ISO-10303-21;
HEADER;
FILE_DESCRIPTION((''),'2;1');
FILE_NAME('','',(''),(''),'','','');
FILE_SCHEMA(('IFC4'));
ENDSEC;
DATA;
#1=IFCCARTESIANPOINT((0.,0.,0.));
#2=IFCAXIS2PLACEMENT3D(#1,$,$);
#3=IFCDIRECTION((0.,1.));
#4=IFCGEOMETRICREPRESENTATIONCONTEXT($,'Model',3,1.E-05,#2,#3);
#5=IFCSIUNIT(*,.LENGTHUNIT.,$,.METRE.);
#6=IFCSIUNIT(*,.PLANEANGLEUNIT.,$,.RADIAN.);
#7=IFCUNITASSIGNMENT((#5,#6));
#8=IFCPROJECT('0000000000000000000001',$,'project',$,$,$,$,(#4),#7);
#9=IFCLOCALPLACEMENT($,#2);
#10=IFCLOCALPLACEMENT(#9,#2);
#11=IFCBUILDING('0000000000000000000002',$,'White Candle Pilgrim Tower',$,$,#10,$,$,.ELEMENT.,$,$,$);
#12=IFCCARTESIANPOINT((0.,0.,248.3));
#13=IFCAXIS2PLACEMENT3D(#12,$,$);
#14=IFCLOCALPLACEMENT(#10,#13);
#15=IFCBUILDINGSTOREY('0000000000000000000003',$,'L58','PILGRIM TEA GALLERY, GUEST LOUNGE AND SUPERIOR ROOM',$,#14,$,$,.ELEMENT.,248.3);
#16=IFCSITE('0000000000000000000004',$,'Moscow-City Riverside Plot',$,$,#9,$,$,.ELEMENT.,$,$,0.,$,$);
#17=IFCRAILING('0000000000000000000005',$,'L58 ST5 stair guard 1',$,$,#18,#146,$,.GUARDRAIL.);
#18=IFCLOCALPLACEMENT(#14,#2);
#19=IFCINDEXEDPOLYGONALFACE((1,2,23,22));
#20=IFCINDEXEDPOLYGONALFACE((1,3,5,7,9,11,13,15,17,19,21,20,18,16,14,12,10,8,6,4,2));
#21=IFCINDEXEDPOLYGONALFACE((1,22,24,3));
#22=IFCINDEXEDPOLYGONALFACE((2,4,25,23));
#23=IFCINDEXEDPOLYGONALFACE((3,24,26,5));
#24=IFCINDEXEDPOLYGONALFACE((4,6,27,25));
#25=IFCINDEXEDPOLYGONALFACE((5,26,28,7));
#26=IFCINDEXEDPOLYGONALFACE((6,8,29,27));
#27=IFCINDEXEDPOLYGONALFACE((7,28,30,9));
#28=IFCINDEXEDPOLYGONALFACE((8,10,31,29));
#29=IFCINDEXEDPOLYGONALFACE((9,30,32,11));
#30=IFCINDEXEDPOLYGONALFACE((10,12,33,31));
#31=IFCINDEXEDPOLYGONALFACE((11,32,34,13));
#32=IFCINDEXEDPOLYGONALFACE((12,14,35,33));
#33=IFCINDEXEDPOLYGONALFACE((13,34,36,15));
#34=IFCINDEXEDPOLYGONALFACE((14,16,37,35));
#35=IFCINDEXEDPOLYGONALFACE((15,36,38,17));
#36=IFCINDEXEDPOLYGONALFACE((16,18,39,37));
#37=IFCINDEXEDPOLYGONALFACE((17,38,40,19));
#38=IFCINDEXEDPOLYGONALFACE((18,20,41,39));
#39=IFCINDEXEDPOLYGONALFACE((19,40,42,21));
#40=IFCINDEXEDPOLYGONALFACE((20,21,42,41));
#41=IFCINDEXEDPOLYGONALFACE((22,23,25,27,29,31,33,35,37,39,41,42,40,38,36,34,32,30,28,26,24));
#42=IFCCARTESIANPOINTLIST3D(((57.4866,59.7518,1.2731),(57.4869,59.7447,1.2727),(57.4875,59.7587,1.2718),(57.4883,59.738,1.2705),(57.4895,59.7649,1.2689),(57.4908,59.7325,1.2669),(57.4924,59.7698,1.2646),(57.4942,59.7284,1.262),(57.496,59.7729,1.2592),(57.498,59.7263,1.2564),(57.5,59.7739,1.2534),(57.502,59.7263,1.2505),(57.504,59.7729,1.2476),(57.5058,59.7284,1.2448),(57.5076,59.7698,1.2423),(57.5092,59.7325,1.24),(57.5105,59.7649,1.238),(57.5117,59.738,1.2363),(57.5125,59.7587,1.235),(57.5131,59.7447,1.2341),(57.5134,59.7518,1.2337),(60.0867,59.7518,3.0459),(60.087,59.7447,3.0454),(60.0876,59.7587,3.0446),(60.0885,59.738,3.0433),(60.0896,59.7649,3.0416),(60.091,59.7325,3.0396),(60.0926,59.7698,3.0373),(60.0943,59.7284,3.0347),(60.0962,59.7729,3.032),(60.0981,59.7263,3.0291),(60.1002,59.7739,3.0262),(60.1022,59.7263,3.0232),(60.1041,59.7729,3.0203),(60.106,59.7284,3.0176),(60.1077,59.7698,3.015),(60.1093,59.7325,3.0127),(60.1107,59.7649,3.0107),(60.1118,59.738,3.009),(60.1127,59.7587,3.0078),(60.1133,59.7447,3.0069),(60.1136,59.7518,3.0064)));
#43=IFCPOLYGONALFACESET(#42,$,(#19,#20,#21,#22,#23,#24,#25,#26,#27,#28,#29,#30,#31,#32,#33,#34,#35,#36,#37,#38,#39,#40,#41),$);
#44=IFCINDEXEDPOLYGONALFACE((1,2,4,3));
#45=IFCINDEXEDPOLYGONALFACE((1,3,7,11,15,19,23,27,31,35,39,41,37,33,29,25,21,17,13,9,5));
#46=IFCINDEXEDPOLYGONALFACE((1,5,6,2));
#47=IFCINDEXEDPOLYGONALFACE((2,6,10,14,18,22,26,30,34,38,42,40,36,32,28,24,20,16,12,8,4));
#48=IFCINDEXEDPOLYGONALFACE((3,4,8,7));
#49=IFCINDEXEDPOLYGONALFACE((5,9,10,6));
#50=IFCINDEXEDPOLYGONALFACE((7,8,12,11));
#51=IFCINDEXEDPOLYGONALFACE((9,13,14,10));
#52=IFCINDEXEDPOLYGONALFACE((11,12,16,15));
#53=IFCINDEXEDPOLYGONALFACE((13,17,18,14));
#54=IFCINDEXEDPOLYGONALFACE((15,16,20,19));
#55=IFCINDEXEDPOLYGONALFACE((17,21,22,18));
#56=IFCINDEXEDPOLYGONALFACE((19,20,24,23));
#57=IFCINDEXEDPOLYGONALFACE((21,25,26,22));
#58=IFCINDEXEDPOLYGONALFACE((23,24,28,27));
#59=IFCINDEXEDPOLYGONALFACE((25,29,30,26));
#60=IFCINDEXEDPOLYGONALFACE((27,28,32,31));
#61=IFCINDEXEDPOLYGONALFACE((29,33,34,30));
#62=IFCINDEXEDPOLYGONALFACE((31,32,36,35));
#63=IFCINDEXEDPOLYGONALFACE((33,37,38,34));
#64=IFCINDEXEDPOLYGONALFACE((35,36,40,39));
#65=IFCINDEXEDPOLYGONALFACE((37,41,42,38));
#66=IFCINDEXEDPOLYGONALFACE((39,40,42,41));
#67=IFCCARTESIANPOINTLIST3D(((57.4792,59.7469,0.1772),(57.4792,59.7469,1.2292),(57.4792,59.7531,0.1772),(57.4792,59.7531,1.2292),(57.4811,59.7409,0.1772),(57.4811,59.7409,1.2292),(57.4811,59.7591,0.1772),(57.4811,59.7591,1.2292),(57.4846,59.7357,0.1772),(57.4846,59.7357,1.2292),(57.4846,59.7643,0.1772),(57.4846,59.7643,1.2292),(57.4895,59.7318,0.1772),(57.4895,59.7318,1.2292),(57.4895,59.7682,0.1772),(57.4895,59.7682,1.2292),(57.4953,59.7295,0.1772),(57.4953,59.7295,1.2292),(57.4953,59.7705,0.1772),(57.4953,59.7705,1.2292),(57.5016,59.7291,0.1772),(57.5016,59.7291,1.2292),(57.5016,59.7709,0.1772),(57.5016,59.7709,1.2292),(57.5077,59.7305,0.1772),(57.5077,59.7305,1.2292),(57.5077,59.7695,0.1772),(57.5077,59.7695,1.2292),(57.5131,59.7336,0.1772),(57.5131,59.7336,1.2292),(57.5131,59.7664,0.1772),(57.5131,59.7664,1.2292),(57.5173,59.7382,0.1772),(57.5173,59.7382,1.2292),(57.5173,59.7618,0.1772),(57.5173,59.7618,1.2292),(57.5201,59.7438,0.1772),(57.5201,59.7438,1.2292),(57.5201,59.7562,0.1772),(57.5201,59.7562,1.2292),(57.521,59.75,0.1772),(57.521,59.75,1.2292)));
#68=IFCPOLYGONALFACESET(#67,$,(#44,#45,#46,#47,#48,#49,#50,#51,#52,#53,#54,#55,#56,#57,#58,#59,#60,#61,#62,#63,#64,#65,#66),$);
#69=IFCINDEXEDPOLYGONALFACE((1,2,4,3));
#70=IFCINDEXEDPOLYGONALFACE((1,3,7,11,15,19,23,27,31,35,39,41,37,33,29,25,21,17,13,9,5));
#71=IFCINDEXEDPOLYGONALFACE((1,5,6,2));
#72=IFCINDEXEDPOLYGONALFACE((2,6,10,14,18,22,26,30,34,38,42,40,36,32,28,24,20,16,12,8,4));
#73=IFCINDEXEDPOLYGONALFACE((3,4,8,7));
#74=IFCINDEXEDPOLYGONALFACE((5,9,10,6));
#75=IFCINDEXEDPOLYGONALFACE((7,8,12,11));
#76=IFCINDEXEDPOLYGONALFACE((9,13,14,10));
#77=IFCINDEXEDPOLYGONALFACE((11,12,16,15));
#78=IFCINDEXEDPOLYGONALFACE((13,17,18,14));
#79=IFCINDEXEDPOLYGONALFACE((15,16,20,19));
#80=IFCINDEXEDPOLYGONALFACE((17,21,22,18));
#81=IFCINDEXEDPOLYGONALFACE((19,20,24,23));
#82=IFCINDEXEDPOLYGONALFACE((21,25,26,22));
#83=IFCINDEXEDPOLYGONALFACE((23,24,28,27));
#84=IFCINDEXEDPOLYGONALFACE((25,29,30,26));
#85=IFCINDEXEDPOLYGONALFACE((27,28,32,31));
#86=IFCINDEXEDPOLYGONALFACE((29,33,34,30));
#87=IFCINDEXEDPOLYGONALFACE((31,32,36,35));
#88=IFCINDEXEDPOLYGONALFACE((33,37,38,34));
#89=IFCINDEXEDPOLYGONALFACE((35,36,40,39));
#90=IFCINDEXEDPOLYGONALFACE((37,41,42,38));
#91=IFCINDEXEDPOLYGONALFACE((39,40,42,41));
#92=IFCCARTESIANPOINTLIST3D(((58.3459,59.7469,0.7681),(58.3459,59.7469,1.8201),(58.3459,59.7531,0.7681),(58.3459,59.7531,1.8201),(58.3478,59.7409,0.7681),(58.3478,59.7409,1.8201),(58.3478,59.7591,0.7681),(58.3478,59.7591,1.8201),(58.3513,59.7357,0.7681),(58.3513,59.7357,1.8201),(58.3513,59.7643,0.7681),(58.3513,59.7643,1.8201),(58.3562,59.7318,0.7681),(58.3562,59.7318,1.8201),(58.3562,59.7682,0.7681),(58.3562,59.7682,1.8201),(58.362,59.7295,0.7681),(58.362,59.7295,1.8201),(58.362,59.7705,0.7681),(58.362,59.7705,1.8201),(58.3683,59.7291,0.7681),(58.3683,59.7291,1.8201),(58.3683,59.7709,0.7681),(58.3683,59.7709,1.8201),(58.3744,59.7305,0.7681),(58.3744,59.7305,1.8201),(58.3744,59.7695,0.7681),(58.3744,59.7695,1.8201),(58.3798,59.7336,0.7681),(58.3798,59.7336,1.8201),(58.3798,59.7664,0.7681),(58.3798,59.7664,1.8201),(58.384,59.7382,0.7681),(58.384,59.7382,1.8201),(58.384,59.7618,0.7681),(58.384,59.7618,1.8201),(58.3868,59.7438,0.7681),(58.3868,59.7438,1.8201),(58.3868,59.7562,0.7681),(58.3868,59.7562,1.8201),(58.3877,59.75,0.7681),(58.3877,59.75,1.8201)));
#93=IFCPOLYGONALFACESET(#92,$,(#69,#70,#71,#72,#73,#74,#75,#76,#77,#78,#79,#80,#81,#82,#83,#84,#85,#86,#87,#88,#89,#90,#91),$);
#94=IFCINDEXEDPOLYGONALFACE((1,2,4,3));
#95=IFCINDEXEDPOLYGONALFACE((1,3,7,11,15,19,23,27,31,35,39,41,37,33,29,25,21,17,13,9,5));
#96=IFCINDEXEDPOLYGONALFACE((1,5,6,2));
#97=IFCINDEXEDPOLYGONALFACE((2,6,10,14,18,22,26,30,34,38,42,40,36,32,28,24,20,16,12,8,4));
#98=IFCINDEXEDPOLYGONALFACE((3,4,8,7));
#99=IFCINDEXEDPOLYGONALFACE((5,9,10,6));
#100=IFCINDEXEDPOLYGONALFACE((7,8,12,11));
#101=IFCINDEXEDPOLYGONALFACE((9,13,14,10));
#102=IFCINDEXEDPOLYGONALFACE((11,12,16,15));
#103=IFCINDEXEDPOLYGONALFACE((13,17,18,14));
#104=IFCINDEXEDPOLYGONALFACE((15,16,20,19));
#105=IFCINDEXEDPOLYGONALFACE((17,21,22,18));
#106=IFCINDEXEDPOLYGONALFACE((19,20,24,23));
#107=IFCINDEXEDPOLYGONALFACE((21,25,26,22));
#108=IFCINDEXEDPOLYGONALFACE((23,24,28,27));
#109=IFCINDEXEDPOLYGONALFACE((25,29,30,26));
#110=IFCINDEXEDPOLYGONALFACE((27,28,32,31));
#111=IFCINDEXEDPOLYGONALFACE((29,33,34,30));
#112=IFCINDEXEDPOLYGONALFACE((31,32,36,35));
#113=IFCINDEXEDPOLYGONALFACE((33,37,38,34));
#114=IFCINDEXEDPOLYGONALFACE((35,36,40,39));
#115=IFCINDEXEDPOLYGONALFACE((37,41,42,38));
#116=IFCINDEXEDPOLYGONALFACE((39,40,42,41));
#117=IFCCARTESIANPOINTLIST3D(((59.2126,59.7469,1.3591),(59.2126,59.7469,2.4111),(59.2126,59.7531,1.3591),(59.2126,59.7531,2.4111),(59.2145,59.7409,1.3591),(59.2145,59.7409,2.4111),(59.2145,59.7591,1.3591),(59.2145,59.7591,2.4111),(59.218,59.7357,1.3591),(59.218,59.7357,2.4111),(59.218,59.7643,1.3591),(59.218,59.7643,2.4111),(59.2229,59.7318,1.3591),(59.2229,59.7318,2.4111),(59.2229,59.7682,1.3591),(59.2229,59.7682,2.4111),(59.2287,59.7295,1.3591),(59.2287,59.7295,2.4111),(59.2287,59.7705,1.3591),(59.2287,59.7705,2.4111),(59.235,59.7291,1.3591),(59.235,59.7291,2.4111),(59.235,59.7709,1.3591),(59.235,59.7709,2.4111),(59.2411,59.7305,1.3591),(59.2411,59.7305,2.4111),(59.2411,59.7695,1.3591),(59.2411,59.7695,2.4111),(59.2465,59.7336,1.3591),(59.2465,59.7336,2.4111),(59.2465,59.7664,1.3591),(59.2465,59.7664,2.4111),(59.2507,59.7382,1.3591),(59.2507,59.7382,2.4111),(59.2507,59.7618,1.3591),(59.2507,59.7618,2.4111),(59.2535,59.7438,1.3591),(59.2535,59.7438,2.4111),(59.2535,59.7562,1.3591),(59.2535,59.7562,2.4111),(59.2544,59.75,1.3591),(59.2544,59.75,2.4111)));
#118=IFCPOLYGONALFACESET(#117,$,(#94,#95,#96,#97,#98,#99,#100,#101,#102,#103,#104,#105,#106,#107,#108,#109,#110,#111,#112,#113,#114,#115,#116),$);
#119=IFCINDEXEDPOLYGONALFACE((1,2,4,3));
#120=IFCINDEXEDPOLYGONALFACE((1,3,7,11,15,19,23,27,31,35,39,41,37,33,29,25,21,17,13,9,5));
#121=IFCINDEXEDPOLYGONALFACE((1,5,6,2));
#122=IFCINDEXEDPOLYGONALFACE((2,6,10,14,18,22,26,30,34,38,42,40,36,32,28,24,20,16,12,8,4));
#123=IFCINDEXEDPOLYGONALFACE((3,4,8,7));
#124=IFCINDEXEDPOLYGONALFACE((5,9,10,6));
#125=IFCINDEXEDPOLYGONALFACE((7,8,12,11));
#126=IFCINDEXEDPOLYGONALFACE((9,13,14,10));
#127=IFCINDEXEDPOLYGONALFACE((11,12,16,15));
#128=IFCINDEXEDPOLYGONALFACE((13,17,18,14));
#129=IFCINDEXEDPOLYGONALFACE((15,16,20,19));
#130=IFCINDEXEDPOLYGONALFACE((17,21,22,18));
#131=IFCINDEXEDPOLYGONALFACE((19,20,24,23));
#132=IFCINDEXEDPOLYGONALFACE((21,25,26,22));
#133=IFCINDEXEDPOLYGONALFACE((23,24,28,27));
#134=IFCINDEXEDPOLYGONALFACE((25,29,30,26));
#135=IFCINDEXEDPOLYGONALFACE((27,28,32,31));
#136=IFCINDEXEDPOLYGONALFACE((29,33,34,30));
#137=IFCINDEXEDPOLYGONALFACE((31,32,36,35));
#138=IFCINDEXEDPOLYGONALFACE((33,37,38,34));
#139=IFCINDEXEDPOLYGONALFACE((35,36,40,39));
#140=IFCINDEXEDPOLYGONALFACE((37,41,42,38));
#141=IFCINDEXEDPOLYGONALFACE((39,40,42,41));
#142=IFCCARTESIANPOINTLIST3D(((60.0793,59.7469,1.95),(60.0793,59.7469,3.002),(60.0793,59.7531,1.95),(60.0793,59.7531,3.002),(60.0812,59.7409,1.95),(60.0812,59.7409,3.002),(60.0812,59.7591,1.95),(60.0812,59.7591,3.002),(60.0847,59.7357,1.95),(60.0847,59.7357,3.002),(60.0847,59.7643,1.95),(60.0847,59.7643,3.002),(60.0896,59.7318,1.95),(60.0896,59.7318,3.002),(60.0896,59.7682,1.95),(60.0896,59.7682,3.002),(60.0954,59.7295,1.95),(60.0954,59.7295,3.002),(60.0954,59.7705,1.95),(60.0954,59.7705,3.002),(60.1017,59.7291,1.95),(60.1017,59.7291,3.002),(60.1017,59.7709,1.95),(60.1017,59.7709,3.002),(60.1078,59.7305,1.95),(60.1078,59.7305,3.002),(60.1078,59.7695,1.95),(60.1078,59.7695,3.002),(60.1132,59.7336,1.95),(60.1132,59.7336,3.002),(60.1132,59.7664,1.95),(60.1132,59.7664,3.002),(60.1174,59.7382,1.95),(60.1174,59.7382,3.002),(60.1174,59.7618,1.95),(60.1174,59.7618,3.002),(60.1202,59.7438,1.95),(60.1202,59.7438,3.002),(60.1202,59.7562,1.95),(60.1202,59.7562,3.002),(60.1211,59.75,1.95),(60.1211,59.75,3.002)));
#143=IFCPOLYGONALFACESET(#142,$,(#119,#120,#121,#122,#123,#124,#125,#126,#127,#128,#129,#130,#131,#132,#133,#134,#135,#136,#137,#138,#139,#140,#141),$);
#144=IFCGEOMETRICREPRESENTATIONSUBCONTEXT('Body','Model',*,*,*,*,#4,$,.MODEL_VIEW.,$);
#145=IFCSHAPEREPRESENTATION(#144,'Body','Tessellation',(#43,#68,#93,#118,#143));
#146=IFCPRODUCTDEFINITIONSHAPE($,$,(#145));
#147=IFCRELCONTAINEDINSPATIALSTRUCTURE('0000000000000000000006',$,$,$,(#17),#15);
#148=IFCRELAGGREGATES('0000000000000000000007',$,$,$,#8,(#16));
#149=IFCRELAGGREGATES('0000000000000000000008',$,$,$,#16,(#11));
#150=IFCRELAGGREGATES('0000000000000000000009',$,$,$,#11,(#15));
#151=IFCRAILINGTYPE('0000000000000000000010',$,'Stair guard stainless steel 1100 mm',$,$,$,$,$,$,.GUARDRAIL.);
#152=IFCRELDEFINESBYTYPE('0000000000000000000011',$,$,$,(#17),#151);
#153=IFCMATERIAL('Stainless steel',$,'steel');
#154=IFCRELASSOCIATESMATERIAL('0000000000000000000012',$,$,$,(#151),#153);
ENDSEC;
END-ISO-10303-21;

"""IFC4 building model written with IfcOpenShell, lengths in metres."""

from ifc_helpers import new_model, si_unit, direction, frame, origin, origin_2d, place, context, subcontext, project, spatial, circle, extrude, material, type_object, element, save


model = new_model("IFC4")

# Units and contexts
model_context = context("Model", 3, precision=1e-05, world=origin(), true_north=direction((0.0, 1.0)))
body_context = subcontext(model_context, "Body", "Model", "MODEL_VIEW")
ifc_project = project(units=[si_unit("LENGTHUNIT", "METRE"), si_unit("PLANEANGLEUNIT", "RADIAN")], contexts=[model_context])

# Site, building, storey
site_placement = place(None, origin())
site = spatial("IfcSite", under=ifc_project, at=site_placement, Name="Moscow-City Riverside Plot", CompositionType="ELEMENT", RefElevation=0.0)
building_placement = place(site_placement, origin())
building = spatial("IfcBuilding", under=site, at=building_placement, Name="White Candle Pilgrim Tower", CompositionType="ELEMENT")
storey_placement = place(building_placement, frame((0.0, 0.0, 248.3)))
storey = spatial("IfcBuildingStorey", under=building, at=storey_placement, Name="L58", Description="PILGRIM TEA GALLERY, GUEST LOUNGE AND SUPERIOR ROOM", CompositionType="ELEMENT", Elevation=248.3)

# Railing
ifc_material_1 = material(Name="Stainless steel", Category="steel")
railing_type_1 = type_object("IfcRailingType", Name="Stair guard stainless steel 1100 mm", PredefinedType="GUARDRAIL", material=ifc_material_1)
railing_1_placement = place(storey_placement, frame((57.5, 59.75, 0.1772)))
element("IfcRailing", 1, at=railing_1_placement, inside=storey, type_object=railing_type_1, Name="L58 ST5 stair guard 1", PredefinedType="GUARDRAIL", context=body_context, shape_type="SweptSolid", body=[
    extrude(circle(Radius=0.0239, at=origin_2d()), frame((0.0, 0.0, 1.0762), z_axis=(0.82624, 0.0, 0.563318), x_axis=(0.0, 1.0, 0.0)), (0.0, 0.0, 1.0), 3.147),
    extrude(circle(Radius=0.021, at=origin_2d()), origin(), (0.0, 0.0, 1.0), 1.052),
    extrude(circle(Radius=0.021, at=origin_2d()), frame((0.8667, 0.0, 0.5908)), (0.0, 0.0, 1.0), 1.052),
    extrude(circle(Radius=0.021, at=origin_2d()), frame((1.7334, 0.0, 1.1819)), (0.0, 0.0, 1.0), 1.052),
    extrude(circle(Radius=0.021, at=origin_2d()), frame((2.6001, 0.0, 1.7727)), (0.0, 0.0, 1.0), 1.052),
])

save(model, "model.ifc")
